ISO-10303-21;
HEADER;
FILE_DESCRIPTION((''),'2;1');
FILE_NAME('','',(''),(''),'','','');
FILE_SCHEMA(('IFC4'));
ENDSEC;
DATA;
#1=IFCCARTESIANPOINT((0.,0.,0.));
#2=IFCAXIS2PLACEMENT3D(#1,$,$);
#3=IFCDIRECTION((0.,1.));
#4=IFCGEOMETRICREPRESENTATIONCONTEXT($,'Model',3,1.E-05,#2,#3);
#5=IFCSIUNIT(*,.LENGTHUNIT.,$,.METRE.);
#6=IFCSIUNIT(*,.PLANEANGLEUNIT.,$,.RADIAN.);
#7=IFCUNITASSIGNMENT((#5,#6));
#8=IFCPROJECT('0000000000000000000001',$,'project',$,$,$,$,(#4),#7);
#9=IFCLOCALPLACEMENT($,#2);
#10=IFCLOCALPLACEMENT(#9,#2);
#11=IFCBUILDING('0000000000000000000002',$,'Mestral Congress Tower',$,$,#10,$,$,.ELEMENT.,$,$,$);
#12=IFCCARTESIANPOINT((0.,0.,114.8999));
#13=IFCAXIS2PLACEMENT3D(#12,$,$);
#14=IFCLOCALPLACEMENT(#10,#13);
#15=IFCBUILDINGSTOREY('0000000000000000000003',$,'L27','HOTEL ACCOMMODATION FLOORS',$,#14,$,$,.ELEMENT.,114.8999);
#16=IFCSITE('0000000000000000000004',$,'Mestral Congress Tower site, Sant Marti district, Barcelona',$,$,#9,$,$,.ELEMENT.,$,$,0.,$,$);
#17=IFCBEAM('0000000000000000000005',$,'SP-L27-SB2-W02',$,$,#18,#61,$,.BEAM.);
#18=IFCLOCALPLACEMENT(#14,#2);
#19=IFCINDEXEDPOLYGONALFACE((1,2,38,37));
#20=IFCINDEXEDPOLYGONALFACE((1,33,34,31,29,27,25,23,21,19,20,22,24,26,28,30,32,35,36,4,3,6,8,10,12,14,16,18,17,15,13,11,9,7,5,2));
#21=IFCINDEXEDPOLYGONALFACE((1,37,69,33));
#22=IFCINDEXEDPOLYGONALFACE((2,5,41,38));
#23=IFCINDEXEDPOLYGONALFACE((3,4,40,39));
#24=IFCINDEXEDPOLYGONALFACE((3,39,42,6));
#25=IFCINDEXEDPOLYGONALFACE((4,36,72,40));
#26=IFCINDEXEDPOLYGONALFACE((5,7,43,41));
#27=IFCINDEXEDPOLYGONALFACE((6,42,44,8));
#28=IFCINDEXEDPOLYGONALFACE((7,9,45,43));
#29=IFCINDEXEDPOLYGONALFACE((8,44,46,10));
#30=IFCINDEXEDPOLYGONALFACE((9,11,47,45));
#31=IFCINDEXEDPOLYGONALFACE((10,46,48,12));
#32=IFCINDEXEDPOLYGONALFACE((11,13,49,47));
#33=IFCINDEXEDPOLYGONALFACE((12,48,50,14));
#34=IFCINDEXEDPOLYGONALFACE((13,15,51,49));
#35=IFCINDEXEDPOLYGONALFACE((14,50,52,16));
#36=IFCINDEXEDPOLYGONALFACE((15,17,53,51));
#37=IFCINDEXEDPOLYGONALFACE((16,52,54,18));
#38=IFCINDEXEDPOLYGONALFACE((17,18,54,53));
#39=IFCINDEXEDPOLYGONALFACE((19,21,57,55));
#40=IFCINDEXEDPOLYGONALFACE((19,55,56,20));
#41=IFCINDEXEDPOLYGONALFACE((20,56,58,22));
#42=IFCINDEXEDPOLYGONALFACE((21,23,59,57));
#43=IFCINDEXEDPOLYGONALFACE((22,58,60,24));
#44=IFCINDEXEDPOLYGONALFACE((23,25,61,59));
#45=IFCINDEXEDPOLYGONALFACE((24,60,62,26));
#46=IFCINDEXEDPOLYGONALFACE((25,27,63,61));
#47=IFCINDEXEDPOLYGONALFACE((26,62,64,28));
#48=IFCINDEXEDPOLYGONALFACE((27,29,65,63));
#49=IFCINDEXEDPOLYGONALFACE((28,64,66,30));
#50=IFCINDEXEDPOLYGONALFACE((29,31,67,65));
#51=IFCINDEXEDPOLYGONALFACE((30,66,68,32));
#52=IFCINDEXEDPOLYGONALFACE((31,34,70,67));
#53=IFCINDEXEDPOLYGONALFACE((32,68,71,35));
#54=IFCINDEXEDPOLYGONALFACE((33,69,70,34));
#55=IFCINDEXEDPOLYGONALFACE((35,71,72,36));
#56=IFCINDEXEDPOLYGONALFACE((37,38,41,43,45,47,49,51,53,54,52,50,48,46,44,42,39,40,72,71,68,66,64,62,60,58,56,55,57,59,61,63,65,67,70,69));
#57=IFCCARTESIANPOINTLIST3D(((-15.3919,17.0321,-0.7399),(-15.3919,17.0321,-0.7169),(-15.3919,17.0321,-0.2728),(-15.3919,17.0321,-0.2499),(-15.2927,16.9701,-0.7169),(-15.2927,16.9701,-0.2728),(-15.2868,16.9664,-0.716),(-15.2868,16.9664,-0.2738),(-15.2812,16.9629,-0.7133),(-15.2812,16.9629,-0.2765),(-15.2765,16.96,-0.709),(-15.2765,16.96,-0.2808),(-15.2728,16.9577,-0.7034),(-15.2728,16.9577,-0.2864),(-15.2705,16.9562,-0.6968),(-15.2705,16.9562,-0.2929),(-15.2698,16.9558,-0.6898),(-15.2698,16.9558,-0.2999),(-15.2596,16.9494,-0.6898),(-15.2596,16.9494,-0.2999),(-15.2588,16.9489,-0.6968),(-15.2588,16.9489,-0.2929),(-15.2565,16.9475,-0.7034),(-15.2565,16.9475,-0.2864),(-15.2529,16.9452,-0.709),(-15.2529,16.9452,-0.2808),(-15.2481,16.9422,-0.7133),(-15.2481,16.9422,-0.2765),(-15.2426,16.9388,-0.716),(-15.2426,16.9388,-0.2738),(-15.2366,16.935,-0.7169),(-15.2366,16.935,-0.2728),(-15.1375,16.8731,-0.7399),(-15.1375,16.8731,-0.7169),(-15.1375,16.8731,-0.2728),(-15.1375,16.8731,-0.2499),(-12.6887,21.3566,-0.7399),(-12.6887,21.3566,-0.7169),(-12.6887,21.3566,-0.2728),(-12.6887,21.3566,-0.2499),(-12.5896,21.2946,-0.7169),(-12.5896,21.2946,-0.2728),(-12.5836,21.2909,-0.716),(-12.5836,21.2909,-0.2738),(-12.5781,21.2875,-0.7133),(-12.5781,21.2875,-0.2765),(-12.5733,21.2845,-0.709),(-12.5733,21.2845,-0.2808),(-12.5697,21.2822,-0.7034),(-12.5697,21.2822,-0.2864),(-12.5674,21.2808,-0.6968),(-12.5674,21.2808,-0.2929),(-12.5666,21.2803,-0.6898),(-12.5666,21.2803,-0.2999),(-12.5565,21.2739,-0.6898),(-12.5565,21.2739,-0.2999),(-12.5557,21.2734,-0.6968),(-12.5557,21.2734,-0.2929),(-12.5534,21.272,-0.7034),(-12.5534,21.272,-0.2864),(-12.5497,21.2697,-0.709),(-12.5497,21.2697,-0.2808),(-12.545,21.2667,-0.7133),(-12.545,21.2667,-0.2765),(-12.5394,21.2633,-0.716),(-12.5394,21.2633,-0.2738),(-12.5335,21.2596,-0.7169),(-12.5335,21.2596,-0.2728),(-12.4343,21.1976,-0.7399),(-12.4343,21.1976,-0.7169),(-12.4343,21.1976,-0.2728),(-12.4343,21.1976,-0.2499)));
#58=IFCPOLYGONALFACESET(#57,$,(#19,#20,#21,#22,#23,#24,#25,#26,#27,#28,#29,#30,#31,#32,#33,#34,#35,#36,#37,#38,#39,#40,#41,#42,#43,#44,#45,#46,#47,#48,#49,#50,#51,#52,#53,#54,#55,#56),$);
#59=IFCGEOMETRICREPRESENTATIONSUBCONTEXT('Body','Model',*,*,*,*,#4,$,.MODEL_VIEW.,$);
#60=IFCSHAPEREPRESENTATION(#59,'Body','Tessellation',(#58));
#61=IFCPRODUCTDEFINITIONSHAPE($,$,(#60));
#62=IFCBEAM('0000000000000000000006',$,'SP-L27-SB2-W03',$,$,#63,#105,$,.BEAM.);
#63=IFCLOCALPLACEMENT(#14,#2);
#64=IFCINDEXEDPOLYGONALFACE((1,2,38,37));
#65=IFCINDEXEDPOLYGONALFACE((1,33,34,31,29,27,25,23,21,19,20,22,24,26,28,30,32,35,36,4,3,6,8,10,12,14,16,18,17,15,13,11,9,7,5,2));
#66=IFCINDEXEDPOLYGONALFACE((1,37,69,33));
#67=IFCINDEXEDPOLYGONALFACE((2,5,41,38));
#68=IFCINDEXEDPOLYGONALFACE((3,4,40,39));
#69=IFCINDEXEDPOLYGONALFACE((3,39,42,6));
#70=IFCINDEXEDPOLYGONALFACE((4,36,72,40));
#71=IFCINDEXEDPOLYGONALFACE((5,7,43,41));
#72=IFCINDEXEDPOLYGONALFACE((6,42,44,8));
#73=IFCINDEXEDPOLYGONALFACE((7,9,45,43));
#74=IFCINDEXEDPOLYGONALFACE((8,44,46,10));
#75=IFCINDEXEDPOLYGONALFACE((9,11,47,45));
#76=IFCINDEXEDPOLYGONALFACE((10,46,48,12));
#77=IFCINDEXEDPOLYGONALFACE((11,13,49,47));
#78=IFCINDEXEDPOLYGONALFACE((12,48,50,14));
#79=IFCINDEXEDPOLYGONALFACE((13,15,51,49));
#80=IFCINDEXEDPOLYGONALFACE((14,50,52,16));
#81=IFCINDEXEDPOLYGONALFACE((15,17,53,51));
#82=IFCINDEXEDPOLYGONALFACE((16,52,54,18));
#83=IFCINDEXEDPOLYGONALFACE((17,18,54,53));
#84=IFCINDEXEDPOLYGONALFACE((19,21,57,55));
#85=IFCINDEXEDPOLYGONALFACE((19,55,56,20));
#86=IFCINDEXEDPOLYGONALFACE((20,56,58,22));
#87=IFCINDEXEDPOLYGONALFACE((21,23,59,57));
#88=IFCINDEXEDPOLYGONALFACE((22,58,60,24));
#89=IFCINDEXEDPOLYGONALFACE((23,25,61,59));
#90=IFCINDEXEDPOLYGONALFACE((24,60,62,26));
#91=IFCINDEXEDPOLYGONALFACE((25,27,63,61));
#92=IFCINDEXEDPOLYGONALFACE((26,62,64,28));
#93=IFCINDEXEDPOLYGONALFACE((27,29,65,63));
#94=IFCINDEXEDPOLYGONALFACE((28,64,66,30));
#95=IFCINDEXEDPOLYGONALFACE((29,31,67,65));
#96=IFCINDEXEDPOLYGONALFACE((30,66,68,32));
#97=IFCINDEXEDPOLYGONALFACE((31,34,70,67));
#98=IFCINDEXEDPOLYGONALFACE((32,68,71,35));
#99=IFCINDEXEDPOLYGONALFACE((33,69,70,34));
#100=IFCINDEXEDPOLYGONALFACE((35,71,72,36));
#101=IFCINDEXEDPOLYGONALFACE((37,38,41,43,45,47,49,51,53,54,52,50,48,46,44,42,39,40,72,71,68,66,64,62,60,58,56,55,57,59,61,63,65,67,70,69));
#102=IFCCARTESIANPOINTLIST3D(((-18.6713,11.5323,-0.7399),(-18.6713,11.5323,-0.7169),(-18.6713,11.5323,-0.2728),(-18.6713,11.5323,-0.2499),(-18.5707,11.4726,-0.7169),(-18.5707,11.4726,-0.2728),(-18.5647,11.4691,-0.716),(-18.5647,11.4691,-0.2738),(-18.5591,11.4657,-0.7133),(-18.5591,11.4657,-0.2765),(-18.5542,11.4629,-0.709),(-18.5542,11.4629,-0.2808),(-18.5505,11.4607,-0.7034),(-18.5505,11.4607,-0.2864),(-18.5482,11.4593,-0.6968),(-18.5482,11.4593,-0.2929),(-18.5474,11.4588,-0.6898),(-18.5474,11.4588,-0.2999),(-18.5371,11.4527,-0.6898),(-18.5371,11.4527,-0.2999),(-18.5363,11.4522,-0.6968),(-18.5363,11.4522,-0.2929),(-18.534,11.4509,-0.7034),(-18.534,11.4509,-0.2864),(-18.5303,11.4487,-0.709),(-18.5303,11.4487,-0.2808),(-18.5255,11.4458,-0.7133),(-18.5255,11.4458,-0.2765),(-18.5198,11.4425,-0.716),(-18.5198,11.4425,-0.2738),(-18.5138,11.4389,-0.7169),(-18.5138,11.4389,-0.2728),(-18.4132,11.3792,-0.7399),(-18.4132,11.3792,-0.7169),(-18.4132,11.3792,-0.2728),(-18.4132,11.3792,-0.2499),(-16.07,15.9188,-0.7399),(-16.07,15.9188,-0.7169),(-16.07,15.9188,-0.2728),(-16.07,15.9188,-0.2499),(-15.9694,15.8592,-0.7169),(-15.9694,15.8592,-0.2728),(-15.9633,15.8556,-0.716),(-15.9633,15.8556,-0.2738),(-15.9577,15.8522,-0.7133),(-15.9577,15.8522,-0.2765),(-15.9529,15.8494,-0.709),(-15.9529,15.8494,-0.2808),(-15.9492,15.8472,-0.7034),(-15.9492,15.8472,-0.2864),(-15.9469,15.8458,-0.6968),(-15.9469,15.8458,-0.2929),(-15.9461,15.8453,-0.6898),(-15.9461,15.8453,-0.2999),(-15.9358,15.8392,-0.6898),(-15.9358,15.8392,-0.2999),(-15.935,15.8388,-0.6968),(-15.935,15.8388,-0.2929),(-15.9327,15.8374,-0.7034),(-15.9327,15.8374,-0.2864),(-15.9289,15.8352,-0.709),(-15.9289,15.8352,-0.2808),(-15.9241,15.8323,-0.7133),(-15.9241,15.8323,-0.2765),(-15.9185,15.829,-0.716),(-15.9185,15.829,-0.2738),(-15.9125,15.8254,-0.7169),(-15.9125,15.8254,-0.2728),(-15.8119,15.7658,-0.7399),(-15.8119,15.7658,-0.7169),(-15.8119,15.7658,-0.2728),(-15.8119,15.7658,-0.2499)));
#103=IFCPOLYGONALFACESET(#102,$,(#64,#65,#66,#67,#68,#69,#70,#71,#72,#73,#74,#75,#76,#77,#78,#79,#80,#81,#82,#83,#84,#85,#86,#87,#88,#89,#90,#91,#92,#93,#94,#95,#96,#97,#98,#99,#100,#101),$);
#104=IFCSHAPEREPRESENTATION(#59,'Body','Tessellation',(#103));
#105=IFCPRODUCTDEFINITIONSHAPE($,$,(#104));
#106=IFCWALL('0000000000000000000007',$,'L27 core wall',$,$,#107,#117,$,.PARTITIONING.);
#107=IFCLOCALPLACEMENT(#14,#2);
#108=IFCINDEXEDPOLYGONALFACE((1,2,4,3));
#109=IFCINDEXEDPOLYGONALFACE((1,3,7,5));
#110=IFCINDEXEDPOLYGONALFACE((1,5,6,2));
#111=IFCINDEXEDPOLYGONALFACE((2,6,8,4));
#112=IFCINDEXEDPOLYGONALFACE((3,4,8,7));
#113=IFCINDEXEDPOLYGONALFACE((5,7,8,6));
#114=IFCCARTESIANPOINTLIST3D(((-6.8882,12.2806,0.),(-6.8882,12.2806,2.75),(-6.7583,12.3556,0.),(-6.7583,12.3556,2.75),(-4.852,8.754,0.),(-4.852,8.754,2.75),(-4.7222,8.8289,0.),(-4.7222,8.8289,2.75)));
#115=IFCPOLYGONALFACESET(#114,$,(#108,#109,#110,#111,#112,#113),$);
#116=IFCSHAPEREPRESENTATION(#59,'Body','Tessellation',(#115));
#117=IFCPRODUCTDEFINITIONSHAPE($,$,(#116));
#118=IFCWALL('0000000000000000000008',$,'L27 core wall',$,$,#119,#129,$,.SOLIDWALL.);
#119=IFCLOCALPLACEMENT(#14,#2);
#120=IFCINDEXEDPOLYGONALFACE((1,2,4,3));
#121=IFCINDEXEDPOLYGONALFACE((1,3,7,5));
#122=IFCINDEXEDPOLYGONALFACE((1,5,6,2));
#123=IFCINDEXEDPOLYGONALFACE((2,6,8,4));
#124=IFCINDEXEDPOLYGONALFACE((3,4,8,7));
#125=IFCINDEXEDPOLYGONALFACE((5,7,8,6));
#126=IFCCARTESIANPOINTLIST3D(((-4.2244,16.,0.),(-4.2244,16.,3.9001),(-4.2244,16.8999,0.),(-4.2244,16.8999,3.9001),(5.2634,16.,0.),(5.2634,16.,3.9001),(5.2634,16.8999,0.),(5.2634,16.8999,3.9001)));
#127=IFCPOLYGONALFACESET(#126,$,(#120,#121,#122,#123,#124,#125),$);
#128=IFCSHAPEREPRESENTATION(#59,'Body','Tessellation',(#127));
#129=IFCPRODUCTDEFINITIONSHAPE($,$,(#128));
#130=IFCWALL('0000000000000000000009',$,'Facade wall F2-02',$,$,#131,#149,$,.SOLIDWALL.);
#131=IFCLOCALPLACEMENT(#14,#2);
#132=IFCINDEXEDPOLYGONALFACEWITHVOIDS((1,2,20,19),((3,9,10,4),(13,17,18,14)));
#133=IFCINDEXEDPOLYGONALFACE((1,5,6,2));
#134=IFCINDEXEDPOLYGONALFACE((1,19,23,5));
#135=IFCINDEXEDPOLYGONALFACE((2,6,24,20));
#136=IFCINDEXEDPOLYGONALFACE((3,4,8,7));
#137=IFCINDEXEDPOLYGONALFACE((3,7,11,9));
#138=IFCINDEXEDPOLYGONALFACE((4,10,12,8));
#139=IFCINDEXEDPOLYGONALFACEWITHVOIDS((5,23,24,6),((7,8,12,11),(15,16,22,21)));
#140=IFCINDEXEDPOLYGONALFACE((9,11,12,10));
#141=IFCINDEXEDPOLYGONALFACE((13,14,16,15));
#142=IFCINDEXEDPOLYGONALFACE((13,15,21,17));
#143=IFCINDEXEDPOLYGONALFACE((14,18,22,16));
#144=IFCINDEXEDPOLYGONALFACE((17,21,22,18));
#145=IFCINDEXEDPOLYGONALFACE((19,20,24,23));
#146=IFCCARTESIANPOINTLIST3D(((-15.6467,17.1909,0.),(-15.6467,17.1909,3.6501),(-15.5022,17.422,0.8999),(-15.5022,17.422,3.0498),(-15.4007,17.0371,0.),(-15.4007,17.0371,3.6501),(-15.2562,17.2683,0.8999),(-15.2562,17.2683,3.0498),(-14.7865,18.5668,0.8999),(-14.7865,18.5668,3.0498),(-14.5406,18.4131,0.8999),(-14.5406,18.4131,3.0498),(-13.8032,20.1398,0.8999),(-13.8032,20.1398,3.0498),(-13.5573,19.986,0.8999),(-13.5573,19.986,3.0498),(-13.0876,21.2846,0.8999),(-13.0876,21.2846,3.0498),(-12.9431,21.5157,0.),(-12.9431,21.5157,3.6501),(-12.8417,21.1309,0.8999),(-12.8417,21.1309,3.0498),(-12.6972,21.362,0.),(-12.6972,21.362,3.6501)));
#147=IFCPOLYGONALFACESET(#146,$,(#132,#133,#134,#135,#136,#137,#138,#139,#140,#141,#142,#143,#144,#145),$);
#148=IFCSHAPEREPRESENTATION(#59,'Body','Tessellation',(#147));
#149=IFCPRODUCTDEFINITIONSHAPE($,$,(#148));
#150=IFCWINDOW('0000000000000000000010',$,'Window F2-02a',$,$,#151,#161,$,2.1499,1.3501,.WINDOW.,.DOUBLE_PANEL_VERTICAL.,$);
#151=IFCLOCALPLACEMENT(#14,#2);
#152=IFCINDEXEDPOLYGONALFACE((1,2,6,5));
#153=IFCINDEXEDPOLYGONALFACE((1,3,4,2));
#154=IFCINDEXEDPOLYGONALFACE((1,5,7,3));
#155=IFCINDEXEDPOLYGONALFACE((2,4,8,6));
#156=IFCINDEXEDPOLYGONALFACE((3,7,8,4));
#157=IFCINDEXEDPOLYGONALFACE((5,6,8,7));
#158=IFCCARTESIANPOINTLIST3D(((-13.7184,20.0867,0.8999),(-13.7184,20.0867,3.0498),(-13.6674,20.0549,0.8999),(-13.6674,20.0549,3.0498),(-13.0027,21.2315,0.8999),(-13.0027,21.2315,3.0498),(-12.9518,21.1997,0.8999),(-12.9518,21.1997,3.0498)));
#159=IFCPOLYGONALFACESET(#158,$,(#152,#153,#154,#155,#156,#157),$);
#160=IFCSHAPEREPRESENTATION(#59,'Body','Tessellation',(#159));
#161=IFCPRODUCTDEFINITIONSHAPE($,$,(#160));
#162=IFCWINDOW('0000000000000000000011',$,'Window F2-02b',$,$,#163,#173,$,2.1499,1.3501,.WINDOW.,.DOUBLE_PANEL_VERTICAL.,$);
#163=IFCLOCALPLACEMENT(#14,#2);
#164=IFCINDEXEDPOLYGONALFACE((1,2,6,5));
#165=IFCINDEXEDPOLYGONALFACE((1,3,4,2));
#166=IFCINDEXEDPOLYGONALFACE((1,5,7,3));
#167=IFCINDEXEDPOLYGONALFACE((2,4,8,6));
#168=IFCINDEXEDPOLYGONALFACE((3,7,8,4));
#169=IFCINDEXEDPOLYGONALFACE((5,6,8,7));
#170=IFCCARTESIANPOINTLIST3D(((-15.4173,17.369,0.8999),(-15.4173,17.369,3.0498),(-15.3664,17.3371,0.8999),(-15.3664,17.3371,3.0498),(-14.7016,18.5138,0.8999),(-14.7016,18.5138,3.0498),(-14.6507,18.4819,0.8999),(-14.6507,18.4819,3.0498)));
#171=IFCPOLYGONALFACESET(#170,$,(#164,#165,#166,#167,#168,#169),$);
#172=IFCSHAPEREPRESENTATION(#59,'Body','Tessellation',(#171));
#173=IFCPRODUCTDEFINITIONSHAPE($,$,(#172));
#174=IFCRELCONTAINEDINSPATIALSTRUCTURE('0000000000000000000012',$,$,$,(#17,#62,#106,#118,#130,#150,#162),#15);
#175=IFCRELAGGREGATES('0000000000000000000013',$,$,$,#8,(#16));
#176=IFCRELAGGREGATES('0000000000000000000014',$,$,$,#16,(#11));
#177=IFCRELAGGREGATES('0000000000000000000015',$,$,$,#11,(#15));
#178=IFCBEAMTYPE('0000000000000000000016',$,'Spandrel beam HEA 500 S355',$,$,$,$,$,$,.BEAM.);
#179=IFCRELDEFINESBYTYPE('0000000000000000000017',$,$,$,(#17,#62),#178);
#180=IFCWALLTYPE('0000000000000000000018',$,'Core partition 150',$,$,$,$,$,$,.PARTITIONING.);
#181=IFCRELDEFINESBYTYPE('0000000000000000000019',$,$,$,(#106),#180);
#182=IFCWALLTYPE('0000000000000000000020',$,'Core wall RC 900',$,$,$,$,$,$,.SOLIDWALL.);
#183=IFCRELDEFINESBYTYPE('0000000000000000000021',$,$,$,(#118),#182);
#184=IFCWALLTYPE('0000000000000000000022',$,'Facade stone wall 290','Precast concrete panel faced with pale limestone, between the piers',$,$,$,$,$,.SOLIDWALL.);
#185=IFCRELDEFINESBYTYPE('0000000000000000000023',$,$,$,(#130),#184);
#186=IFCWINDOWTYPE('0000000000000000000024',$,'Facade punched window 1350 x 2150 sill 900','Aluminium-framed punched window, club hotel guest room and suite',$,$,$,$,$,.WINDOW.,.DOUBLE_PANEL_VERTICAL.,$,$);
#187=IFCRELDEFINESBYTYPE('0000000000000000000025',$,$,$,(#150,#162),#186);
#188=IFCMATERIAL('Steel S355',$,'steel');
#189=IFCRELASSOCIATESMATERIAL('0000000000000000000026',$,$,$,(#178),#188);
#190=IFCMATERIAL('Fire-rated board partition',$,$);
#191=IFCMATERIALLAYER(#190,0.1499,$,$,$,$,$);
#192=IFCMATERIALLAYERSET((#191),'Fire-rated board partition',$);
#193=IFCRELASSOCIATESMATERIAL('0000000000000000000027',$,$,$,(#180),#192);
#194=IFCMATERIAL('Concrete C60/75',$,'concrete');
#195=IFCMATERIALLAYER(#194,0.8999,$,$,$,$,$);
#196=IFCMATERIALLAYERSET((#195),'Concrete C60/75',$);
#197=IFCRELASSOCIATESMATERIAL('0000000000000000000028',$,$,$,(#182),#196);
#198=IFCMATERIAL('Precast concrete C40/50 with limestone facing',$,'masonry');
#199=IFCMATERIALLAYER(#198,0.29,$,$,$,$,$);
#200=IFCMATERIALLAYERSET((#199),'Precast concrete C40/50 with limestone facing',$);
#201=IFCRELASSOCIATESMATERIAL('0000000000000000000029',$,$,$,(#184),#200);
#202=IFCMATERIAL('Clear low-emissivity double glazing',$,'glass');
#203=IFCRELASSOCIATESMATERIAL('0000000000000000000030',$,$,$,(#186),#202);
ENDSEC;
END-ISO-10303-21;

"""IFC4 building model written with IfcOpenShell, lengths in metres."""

from ifc_helpers import new_model, si_unit, direction, frame, frame_2d, origin, origin_2d, place, context, subcontext, project, spatial, rectangle, i_section, extrude, material, layer, layer_set, material_profile, profile_set, type_object, element, fill, save


model = new_model("IFC4")

# Units and contexts
model_context = context("Model", 3, precision=1e-05, world=origin(), true_north=direction((0.0, 1.0)))
body_context = subcontext(model_context, "Body", "Model", "MODEL_VIEW")
ifc_project = project(units=[si_unit("LENGTHUNIT", "METRE"), si_unit("PLANEANGLEUNIT", "RADIAN")], contexts=[model_context])

# Site, building, storey
site_placement = place(None, origin())
site = spatial("IfcSite", under=ifc_project, at=site_placement, Name="Mestral Congress Tower site, Sant Marti district, Barcelona", CompositionType="ELEMENT", RefElevation=0.0)
building_placement = place(site_placement, origin())
building = spatial("IfcBuilding", under=site, at=building_placement, Name="Mestral Congress Tower", CompositionType="ELEMENT")
storey_placement = place(building_placement, frame((0.0, 0.0, 114.8999)))
storey = spatial("IfcBuildingStorey", under=building, at=storey_placement, Name="L27", Description="HOTEL ACCOMMODATION FLOORS", CompositionType="ELEMENT", Elevation=114.8999)

# Beams
ifc_material_1 = material(Name="Steel S355", Category="steel")
ifc_material_profile_1 = material_profile(ifc_material_1, i_section(OverallWidth=0.3, OverallDepth=0.49, WebThickness=0.012, FlangeThickness=0.0229, FilletRadius=0.0271, at=origin_2d()), Name="HEA 500")
ifc_profile_set_1 = profile_set([ifc_material_profile_1], Name="Steel S355")
beam_type_1 = type_object("IfcBeamType", Name="Spandrel beam HEA 500 S355", PredefinedType="BEAM", material=ifc_profile_set_1)
for number, where, z_axis, x_axis, name in (
    (1, (-12.5615, 21.2771, -0.4949), (-0.530046, -0.847969, 0.0), (0.847969, -0.530046, 0.0), "SP-L27-SB2-W02"),
    (2, (-15.9409, 15.8423, -0.4949), (-0.510082, -0.860126, 0.0), (0.860126, -0.510082, 0.0), "SP-L27-SB2-W03"),
):
    element("IfcBeam", number, at=place(storey_placement, frame(where, z_axis=z_axis, x_axis=x_axis)), inside=storey, type_object=beam_type_1, Name=name, PredefinedType="BEAM", context=body_context, shape_type="SweptSolid", body=[
        extrude(i_section(OverallWidth=0.3, OverallDepth=0.49, WebThickness=0.012, FlangeThickness=0.0229, FilletRadius=0.0271, at=origin_2d()), origin(), (0.0, 0.0, 1.0), 5.0999),
    ])

# Walls
ifc_material_2 = material(Name="Fire-rated board partition")
ifc_layer_1 = layer(ifc_material_2, 0.1499)
ifc_layer_set_1 = layer_set([ifc_layer_1], Name="Fire-rated board partition")
wall_type_1 = type_object("IfcWallType", Name="Core partition 150", PredefinedType="PARTITIONING", material=ifc_layer_set_1)
wall_1_placement = place(storey_placement, frame((-6.8232, 12.3181, 0.0), z_axis=(0.0, 0.0, 1.0), x_axis=(0.500008, -0.866021, 0.0)))
element("IfcWall", 3, at=wall_1_placement, inside=storey, type_object=wall_type_1, Name="L27 core wall", PredefinedType="PARTITIONING", context=body_context, shape_type="SweptSolid", body=[
    extrude(rectangle(XDim=4.0723, YDim=0.1499, at=frame_2d((2.0361, 0.0))), origin(), (0.0, 0.0, 1.0), 2.75),
])
ifc_material_3 = material(Name="Concrete C60/75", Category="concrete")
ifc_layer_2 = layer(ifc_material_3, 0.8999)
ifc_layer_set_2 = layer_set([ifc_layer_2], Name="Concrete C60/75")
wall_type_2 = type_object("IfcWallType", Name="Core wall RC 900", PredefinedType="SOLIDWALL", material=ifc_layer_set_2)
wall_2_placement = place(storey_placement, frame((-4.2244, 16.45, 0.0), z_axis=(0.0, 0.0, 1.0), x_axis=(1.0, 0.0, 0.0)))
element("IfcWall", 4, at=wall_2_placement, inside=storey, type_object=wall_type_2, Name="L27 core wall", PredefinedType="SOLIDWALL", context=body_context, shape_type="SweptSolid", body=[
    extrude(rectangle(XDim=9.4878, YDim=0.8999, at=frame_2d((4.7439, 0.0))), origin(), (0.0, 0.0, 1.0), 3.9001),
])

# Wall, openings, windows
ifc_material_4 = material(Name="Precast concrete C40/50 with limestone facing", Category="masonry")
ifc_layer_3 = layer(ifc_material_4, 0.29)
ifc_layer_set_3 = layer_set([ifc_layer_3], Name="Precast concrete C40/50 with limestone facing")
wall_type_3 = type_object("IfcWallType", Name="Facade stone wall 290", Description="Precast concrete panel faced with pale limestone, between the piers", PredefinedType="SOLIDWALL", material=ifc_layer_set_3)
wall_3_placement = place(storey_placement, frame((-12.8201, 21.439, 0.0), z_axis=(0.0, 0.0, 1.0), x_axis=(-0.530072, -0.847953, 0.0)))
wall_3 = element("IfcWall", 5, at=wall_3_placement, inside=storey, type_object=wall_type_3, Name="Facade wall F2-02", PredefinedType="SOLIDWALL", context=body_context, shape_type="SweptSolid", body=[
    extrude(rectangle(XDim=5.1003, YDim=0.29, at=frame_2d((2.5503, 0.0))), origin(), (0.0, 0.0, 1.0), 3.6501),
])
opening_1_placement = place(wall_3_placement, frame((0.2727, 0.0, 0.8999)))
opening_1 = element("IfcOpeningElement", 6, at=opening_1_placement, cuts=wall_3, PredefinedType="OPENING", context=body_context, shape_type="SweptSolid", body=[
    extrude(rectangle(XDim=1.3501, YDim=2.1499, at=frame_2d((0.675, 1.075))), frame((0.0, 0.155, 0.0), z_axis=(0.0, -1.0, 0.0), x_axis=(1.0, 0.0, 0.0)), (0.0, 0.0, 1.0), 0.3101),
])
opening_2_placement = place(wall_3_placement, frame((3.4778, 0.0, 0.8999)))
opening_2 = element("IfcOpeningElement", 7, at=opening_2_placement, cuts=wall_3, PredefinedType="OPENING", context=body_context, shape_type="SweptSolid", body=[
    extrude(rectangle(XDim=1.3501, YDim=2.1499, at=frame_2d((0.675, 1.075))), frame((0.0, 0.155, 0.0), z_axis=(0.0, -1.0, 0.0), x_axis=(1.0, 0.0, 0.0)), (0.0, 0.0, 1.0), 0.3101),
])
ifc_material_5 = material(Name="Clear low-emissivity double glazing", Category="glass")
window_type = type_object("IfcWindowType", Name="Facade punched window 1350 x 2150 sill 900", Description="Aluminium-framed punched window, club hotel guest room and suite", PartitioningType="DOUBLE_PANEL_VERTICAL", PredefinedType="WINDOW", material=ifc_material_5)
window_1_placement = place(opening_1_placement, origin())
window_1 = element("IfcWindow", 8, at=window_1_placement, inside=storey, type_object=window_type, Name="Window F2-02a", OverallHeight=2.1499, OverallWidth=1.3501, PartitioningType="DOUBLE_PANEL_VERTICAL", PredefinedType="WINDOW", context=body_context, shape_type="SweptSolid", body=[
    extrude(rectangle(XDim=1.3501, YDim=2.1499, at=frame_2d((0.675, 1.075))), frame((0.0, 0.0151, 0.0), z_axis=(0.0, -1.0, 0.0), x_axis=(1.0, 0.0, 0.0)), (0.0, 0.0, 1.0), 0.0601),
])
fill(opening_1, window_1)
window_2_placement = place(opening_2_placement, origin())
window_2 = element("IfcWindow", 9, at=window_2_placement, inside=storey, type_object=window_type, Name="Window F2-02b", OverallHeight=2.1499, OverallWidth=1.3501, PartitioningType="DOUBLE_PANEL_VERTICAL", PredefinedType="WINDOW", context=body_context, shape_type="SweptSolid", body=[
    extrude(rectangle(XDim=1.3501, YDim=2.1499, at=frame_2d((0.675, 1.075))), frame((0.0, 0.0151, 0.0), z_axis=(0.0, -1.0, 0.0), x_axis=(1.0, 0.0, 0.0)), (0.0, 0.0, 1.0), 0.0601),
])
fill(opening_2, window_2)

save(model, "model.ifc")
